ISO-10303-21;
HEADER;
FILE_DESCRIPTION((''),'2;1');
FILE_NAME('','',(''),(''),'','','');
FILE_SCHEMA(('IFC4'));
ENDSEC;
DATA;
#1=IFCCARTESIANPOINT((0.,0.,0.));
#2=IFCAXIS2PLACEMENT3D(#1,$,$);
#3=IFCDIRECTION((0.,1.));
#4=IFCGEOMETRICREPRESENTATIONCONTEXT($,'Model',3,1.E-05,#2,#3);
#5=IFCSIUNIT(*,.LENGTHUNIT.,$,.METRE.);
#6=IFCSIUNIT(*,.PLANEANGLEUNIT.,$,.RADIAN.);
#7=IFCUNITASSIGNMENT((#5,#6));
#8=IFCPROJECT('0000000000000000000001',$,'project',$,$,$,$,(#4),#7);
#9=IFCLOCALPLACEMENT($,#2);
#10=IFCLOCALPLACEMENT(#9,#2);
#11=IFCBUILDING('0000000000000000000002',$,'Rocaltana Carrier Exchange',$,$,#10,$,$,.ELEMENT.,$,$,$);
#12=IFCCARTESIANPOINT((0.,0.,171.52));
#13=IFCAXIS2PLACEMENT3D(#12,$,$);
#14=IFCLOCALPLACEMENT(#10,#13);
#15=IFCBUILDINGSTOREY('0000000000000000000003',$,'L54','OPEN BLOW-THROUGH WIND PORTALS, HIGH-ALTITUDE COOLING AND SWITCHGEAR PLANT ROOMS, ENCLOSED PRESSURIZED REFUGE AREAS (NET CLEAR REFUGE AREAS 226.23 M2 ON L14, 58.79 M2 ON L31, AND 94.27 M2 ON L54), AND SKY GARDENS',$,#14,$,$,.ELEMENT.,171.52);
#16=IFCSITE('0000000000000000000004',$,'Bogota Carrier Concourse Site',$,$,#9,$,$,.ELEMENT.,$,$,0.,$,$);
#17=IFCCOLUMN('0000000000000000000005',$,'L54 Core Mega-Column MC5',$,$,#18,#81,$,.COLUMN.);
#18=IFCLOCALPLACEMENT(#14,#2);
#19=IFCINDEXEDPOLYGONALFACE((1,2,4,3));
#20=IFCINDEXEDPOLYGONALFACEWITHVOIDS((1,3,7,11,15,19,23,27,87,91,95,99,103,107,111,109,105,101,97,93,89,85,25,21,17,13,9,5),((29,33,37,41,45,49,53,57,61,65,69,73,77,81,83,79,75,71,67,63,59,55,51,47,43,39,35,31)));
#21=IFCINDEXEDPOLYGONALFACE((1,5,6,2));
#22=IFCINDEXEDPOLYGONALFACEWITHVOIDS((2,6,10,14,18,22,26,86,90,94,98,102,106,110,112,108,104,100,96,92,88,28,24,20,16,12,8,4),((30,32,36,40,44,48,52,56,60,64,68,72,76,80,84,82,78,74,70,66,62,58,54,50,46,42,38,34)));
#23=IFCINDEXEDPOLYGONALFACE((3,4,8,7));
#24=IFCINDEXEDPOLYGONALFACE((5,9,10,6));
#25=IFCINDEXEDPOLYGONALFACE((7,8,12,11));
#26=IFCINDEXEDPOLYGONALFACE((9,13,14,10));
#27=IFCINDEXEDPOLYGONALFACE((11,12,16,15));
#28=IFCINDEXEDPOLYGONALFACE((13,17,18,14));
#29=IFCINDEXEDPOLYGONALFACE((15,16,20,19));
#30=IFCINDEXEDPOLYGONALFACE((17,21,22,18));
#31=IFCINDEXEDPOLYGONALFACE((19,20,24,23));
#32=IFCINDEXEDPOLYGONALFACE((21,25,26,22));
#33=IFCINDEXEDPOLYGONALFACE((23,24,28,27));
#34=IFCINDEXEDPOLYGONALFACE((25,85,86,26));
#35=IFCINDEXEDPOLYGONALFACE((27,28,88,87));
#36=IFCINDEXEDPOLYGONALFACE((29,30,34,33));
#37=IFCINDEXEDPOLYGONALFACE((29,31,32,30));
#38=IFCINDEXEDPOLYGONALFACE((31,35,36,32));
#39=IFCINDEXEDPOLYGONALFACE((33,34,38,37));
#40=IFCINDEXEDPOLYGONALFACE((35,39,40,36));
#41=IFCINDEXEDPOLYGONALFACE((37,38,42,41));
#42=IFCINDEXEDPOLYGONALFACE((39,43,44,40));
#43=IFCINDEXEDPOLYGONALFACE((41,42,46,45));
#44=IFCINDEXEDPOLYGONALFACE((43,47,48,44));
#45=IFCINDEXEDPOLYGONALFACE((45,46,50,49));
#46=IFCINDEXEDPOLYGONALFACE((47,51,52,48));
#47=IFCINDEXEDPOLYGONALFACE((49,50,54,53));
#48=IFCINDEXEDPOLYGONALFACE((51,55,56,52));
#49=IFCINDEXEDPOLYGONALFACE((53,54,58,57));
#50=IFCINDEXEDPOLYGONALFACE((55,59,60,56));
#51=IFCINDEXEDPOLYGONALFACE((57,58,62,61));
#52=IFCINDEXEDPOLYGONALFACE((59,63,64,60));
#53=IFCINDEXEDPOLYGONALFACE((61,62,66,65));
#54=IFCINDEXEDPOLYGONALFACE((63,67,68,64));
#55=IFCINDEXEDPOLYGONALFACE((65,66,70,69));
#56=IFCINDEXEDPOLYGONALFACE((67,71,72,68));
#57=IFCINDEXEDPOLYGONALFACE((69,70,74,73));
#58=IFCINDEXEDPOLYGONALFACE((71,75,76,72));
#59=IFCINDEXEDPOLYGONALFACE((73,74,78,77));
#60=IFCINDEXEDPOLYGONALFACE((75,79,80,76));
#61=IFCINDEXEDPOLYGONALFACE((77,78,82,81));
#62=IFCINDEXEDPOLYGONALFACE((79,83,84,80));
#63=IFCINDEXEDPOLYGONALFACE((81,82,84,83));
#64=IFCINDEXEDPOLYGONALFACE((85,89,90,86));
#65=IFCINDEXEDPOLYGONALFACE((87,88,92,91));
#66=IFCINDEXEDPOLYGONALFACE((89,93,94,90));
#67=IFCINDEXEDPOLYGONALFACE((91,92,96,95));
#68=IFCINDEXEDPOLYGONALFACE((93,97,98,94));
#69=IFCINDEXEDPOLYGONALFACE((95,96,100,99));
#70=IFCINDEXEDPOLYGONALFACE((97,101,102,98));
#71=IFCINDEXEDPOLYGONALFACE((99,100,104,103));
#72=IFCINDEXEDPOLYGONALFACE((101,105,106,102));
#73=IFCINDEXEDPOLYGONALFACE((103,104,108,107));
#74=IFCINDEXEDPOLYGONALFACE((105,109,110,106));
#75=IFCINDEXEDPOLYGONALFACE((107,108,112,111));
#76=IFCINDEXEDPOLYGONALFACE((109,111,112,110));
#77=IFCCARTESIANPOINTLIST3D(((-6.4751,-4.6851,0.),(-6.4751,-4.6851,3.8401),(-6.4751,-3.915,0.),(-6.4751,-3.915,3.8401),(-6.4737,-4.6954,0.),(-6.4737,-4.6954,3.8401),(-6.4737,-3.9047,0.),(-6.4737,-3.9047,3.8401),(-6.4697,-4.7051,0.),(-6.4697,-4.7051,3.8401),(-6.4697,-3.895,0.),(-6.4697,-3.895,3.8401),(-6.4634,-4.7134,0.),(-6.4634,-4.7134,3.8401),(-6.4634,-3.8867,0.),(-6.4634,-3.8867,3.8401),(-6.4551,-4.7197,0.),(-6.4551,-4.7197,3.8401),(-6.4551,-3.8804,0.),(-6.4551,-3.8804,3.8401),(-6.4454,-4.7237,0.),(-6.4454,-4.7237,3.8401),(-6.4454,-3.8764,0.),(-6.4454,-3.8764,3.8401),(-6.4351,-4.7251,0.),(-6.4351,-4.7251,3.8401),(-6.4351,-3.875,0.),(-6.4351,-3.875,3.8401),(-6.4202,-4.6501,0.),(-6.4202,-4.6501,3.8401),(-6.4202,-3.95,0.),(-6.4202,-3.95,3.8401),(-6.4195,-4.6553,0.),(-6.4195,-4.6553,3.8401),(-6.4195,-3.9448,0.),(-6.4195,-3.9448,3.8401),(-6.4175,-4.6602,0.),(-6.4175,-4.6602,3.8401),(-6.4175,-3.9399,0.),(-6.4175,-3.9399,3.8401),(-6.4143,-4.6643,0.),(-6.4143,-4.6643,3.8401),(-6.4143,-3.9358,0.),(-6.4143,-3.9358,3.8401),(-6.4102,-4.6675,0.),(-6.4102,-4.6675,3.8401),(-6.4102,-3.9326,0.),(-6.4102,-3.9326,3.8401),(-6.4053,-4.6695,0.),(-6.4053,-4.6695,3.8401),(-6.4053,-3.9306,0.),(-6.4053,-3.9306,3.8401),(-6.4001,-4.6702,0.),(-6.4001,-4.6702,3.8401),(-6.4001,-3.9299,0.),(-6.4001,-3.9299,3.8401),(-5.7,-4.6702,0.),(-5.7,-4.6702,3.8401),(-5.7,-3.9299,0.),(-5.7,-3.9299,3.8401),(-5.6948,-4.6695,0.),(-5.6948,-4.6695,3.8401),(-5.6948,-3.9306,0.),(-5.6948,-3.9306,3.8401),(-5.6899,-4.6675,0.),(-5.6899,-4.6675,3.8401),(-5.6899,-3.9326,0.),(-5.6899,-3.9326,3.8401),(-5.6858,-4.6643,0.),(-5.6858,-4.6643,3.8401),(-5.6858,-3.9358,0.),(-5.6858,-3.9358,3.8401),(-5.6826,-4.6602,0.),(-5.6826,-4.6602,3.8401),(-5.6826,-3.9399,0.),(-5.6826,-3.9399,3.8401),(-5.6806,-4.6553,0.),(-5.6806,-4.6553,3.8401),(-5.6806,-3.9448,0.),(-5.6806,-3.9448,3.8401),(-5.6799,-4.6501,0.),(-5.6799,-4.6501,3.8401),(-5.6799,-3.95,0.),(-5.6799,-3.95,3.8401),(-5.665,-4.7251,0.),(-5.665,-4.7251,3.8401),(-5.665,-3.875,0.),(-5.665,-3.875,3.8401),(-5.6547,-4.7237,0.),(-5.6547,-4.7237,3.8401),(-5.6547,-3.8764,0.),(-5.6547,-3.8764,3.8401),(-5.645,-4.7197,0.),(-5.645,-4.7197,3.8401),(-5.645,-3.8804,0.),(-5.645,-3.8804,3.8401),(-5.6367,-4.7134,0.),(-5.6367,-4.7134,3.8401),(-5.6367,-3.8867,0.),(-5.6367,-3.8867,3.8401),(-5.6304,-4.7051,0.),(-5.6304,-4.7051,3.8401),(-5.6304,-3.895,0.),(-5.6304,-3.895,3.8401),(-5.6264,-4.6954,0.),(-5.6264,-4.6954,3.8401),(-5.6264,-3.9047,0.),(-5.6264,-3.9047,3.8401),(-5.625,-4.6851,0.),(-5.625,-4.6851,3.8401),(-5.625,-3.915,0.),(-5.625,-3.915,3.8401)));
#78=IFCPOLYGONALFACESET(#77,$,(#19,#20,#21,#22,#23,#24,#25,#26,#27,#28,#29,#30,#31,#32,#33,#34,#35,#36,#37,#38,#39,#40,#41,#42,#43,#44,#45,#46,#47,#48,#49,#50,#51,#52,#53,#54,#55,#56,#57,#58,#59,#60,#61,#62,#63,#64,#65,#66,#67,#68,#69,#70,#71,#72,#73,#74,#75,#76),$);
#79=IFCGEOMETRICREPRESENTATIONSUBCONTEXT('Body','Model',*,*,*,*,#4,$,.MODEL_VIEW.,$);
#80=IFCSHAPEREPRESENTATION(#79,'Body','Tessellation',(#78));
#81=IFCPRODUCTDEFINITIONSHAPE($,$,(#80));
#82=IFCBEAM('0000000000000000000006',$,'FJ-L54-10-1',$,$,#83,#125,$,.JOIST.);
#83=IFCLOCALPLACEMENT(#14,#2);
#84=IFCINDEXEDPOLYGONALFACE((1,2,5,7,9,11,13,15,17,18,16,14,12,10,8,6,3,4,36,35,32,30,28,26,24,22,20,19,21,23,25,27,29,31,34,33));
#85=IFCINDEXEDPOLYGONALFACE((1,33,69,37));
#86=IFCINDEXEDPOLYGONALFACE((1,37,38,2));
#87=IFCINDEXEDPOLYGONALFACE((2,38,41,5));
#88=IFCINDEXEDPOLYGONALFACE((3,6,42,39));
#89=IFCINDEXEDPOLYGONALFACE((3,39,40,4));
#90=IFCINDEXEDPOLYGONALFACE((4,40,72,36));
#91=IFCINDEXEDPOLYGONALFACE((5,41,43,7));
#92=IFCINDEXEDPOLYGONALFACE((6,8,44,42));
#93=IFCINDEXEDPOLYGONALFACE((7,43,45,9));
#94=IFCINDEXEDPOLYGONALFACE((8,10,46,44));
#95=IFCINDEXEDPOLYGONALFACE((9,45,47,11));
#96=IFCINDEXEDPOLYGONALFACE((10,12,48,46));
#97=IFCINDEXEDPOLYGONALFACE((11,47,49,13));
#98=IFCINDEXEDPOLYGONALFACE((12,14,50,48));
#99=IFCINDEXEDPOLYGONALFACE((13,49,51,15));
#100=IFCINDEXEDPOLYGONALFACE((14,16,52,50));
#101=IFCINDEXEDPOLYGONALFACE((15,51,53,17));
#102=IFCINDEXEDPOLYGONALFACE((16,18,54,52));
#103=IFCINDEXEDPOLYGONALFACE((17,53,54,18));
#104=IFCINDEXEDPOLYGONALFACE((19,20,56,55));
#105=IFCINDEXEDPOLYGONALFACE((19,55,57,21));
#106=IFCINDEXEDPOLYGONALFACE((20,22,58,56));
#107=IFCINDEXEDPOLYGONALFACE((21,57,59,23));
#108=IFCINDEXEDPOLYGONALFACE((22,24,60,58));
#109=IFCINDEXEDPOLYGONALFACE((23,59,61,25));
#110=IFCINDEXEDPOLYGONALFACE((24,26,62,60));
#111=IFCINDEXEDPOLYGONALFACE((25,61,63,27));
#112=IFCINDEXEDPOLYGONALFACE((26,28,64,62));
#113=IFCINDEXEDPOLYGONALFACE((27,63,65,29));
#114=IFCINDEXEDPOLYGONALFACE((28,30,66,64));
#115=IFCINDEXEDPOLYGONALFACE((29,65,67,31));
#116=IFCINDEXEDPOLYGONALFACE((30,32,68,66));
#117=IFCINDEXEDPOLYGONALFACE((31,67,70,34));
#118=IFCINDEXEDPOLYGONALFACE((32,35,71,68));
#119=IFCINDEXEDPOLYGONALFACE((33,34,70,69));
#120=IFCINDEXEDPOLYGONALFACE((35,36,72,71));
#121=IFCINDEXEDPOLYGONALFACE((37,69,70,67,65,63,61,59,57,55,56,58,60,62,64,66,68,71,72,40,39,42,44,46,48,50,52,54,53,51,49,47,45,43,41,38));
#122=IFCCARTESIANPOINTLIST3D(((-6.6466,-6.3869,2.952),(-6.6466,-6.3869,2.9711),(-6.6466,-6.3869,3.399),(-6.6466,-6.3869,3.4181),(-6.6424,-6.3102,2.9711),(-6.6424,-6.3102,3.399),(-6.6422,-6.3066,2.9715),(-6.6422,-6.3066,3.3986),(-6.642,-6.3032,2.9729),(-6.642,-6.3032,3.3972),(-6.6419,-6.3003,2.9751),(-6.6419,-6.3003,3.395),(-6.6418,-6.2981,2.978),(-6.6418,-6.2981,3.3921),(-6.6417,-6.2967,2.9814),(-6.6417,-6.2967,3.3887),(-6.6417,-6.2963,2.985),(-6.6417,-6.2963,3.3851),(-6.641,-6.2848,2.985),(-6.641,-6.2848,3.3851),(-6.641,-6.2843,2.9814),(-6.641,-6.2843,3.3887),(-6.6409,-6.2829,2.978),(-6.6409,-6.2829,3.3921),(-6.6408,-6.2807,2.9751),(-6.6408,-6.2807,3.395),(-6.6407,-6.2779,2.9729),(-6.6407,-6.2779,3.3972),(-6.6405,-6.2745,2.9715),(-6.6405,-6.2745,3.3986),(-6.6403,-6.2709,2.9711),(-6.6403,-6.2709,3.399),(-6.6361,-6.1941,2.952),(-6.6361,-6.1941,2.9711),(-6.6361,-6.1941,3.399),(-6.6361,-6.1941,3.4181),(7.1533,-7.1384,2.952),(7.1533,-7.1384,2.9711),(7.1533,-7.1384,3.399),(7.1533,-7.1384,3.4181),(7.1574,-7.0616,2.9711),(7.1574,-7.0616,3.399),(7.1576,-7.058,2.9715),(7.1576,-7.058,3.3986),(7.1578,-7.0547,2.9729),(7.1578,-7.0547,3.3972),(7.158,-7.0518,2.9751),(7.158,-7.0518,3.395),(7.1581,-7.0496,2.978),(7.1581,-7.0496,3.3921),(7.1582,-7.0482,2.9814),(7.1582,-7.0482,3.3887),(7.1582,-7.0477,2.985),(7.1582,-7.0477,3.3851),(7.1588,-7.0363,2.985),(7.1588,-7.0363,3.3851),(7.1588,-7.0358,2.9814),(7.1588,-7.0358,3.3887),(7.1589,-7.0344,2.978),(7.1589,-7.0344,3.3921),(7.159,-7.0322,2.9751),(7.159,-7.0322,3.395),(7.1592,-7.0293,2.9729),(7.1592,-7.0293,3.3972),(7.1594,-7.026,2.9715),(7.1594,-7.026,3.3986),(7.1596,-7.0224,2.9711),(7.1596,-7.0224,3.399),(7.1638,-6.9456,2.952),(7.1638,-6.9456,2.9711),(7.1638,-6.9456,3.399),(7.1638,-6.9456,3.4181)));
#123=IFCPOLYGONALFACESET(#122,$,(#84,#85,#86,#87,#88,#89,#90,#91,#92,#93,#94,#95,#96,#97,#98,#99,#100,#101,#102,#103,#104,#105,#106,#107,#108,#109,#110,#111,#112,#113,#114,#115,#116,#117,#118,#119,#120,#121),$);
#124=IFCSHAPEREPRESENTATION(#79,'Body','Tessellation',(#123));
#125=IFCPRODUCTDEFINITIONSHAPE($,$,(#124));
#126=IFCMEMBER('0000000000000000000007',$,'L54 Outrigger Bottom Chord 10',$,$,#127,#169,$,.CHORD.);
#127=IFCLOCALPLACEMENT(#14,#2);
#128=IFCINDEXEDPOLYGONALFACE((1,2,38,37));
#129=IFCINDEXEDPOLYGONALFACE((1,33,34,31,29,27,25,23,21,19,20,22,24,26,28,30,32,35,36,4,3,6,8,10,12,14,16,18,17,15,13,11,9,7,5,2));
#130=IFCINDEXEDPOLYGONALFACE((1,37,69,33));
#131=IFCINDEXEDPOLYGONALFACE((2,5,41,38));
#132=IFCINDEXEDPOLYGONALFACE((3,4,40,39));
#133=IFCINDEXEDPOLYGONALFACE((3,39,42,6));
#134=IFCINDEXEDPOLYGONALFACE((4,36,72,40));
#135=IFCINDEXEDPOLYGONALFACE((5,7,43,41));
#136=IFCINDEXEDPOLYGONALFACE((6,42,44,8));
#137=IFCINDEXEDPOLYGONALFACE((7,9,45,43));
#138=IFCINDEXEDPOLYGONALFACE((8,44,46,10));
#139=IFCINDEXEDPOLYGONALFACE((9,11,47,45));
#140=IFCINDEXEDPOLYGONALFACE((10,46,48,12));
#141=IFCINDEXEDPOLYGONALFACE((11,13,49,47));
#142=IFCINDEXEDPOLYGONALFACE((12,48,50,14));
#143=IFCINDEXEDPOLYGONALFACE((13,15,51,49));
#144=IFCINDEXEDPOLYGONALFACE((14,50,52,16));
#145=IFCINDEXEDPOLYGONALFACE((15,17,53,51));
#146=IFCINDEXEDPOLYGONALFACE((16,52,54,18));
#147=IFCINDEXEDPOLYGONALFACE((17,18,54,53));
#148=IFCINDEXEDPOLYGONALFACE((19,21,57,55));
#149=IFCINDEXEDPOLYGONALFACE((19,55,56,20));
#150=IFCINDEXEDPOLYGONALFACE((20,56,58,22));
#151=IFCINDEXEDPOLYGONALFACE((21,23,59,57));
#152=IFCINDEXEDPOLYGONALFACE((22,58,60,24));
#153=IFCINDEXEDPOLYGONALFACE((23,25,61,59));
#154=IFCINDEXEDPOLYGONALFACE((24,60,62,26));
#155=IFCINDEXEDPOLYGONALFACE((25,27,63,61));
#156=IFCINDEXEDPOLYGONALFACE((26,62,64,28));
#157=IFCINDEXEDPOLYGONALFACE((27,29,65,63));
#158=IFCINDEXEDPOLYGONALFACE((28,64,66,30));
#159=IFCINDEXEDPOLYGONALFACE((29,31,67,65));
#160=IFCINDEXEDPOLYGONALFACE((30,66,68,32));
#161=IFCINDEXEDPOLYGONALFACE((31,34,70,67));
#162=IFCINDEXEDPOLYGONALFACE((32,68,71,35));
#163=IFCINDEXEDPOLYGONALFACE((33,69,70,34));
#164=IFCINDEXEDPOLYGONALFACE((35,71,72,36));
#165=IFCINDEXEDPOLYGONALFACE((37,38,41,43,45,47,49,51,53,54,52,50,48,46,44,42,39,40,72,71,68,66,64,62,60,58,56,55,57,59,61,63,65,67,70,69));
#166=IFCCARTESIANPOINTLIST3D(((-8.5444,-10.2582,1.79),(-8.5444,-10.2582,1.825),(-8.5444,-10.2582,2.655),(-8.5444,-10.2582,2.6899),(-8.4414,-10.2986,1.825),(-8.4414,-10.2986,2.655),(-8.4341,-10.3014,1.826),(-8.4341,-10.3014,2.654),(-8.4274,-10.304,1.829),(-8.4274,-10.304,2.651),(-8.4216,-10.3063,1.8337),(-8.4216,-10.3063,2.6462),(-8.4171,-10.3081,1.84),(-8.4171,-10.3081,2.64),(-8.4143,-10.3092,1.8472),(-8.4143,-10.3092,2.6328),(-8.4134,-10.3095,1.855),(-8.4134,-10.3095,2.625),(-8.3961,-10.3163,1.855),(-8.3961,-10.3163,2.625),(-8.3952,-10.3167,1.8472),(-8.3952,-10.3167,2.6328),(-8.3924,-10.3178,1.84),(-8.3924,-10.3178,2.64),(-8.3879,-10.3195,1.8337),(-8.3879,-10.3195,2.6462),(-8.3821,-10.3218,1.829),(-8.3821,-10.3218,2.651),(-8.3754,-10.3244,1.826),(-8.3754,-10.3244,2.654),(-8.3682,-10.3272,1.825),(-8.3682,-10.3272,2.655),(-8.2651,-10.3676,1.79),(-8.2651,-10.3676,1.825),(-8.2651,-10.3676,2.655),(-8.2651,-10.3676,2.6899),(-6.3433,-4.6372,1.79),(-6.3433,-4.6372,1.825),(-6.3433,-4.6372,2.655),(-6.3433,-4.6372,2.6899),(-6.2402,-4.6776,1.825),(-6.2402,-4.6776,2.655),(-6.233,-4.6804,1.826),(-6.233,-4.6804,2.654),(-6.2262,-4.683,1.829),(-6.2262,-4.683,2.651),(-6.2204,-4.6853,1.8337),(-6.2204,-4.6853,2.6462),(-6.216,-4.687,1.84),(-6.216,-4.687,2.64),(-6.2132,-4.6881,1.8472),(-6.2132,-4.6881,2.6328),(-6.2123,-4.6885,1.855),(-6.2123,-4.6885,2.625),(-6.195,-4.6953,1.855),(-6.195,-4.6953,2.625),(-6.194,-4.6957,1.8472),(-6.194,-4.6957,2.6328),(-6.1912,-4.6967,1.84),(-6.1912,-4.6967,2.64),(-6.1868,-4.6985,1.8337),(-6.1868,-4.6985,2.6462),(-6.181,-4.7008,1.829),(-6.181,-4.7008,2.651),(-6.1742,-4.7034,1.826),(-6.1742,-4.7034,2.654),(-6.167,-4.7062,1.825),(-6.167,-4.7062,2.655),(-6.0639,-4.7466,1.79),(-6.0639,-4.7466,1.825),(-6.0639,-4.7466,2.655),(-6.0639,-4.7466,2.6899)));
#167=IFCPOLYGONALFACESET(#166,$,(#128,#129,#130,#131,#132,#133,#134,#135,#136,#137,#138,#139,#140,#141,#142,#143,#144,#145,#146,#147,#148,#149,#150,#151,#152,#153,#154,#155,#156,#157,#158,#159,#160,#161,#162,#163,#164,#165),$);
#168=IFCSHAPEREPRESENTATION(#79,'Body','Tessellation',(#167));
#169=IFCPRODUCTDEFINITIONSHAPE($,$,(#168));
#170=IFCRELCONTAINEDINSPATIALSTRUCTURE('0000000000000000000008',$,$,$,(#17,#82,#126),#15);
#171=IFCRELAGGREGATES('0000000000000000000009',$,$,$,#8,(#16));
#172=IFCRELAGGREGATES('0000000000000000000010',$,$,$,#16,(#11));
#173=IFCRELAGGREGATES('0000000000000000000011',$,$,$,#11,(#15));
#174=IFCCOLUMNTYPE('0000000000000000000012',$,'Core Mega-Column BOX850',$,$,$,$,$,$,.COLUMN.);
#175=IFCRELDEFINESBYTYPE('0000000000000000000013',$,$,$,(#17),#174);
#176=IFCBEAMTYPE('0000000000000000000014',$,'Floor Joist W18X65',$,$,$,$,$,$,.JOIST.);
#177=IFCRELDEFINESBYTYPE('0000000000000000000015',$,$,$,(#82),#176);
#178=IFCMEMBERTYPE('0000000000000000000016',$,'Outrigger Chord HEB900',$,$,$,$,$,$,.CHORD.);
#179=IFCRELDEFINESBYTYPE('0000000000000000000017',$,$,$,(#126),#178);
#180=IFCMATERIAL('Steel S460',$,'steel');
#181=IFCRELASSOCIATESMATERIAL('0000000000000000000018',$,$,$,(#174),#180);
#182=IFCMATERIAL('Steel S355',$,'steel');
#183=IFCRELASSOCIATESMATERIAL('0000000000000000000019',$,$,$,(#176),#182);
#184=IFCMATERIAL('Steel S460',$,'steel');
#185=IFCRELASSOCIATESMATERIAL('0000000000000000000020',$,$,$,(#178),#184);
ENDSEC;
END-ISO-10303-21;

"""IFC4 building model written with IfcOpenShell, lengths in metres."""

from ifc_helpers import new_model, si_unit, direction, frame, origin, origin_2d, place, context, subcontext, project, spatial, hollow_rectangle, i_section, extrude, material, material_profile, profile_set, type_object, element, save


model = new_model("IFC4")

# Units and contexts
model_context = context("Model", 3, precision=1e-05, world=origin(), true_north=direction((0.0, 1.0)))
body_context = subcontext(model_context, "Body", "Model", "MODEL_VIEW")
ifc_project = project(units=[si_unit("LENGTHUNIT", "METRE"), si_unit("PLANEANGLEUNIT", "RADIAN")], contexts=[model_context])

# Site, building, storey
site_placement = place(None, origin())
site = spatial("IfcSite", under=ifc_project, at=site_placement, Name="Bogota Carrier Concourse Site", CompositionType="ELEMENT", RefElevation=0.0)
building_placement = place(site_placement, origin())
building = spatial("IfcBuilding", under=site, at=building_placement, Name="Rocaltana Carrier Exchange", CompositionType="ELEMENT")
storey_placement = place(building_placement, frame((0.0, 0.0, 171.52)))
storey = spatial("IfcBuildingStorey", under=building, at=storey_placement, Name="L54", Description="OPEN BLOW-THROUGH WIND PORTALS, HIGH-ALTITUDE COOLING AND SWITCHGEAR PLANT ROOMS, ENCLOSED PRESSURIZED REFUGE AREAS (NET CLEAR REFUGE AREAS 226.23 M2 ON L14, 58.79 M2 ON L31, AND 94.27 M2 ON L54), AND SKY GARDENS", CompositionType="ELEMENT", Elevation=171.52)

# Column
ifc_material_1 = material(Name="Steel S460", Category="steel")
ifc_material_profile_1 = material_profile(ifc_material_1, hollow_rectangle(XDim=0.8501, YDim=0.8501, WallThickness=0.0549, InnerFilletRadius=0.02, OuterFilletRadius=0.04, at=origin_2d()), Name="BOX850X850X55")
ifc_profile_set_1 = profile_set([ifc_material_profile_1], Name="Steel S460")
column_type = type_object("IfcColumnType", Name="Core Mega-Column BOX850", PredefinedType="COLUMN", material=ifc_profile_set_1)
column_placement = place(storey_placement, frame((-6.05, -4.3, 0.0), z_axis=(0.0, 0.0, 1.0), x_axis=(1.0, 0.0, 0.0)))
element("IfcColumn", 1, at=column_placement, inside=storey, type_object=column_type, Name="L54 Core Mega-Column MC5", PredefinedType="COLUMN", context=body_context, shape_type="SweptSolid", body=[
    extrude(hollow_rectangle(XDim=0.8501, YDim=0.8501, WallThickness=0.0549, InnerFilletRadius=0.02, OuterFilletRadius=0.04, at=origin_2d()), origin(), (0.0, 0.0, 1.0), 3.8401),
])

# Beam
ifc_material_2 = material(Name="Steel S355", Category="steel")
ifc_material_profile_2 = material_profile(ifc_material_2, i_section(OverallWidth=0.1931, OverallDepth=0.4661, WebThickness=0.0115, FlangeThickness=0.019, FilletRadius=0.0139, at=origin_2d()), Name="W18X65")
ifc_profile_set_2 = profile_set([ifc_material_profile_2], Name="Steel S355")
beam_type_1 = type_object("IfcBeamType", Name="Floor Joist W18X65", PredefinedType="JOIST", material=ifc_profile_set_2)
beam_1_placement = place(storey_placement, frame((-6.6414, -6.2905, 3.1851), z_axis=(0.998521, -0.054374, 0.0), x_axis=(0.054374, 0.998521, 0.0)))
element("IfcBeam", 2, at=beam_1_placement, inside=storey, type_object=beam_type_1, Name="FJ-L54-10-1", PredefinedType="JOIST", context=body_context, shape_type="SweptSolid", body=[
    extrude(i_section(OverallWidth=0.1931, OverallDepth=0.4661, WebThickness=0.0115, FlangeThickness=0.019, FilletRadius=0.0139, at=origin_2d()), origin(), (0.0, 0.0, 1.0), 13.8203),
])

# Member
ifc_material_3 = material(Name="Steel S460", Category="steel")
ifc_material_profile_3 = material_profile(ifc_material_3, i_section(OverallWidth=0.3, OverallDepth=0.8999, WebThickness=0.0186, FlangeThickness=0.0349, FilletRadius=0.03, at=origin_2d()), Name="HEB900")
ifc_profile_set_3 = profile_set([ifc_material_profile_3], Name="Steel S460")
member_type_1 = type_object("IfcMemberType", Name="Outrigger Chord HEB900", PredefinedType="CHORD", material=ifc_profile_set_3)
for number, where, z_axis, x_axis, name in (
    (3, (-6.2036, -4.6919, 2.24), (-0.364631, -0.931152, 0.0), (0.931152, -0.364631, 0.0), "L54 Outrigger Bottom Chord 10"),
):
    element("IfcMember", number, at=place(storey_placement, frame(where, z_axis=z_axis, x_axis=x_axis)), inside=storey, type_object=member_type_1, Name=name, PredefinedType="CHORD", context=body_context, shape_type="SweptSolid", body=[
        extrude(i_section(OverallWidth=0.3, OverallDepth=0.8999, WebThickness=0.0186, FlangeThickness=0.0349, FilletRadius=0.03, at=origin_2d()), origin(), (0.0, 0.0, 1.0), 6.0366),
    ])

save(model, "model.ifc")
